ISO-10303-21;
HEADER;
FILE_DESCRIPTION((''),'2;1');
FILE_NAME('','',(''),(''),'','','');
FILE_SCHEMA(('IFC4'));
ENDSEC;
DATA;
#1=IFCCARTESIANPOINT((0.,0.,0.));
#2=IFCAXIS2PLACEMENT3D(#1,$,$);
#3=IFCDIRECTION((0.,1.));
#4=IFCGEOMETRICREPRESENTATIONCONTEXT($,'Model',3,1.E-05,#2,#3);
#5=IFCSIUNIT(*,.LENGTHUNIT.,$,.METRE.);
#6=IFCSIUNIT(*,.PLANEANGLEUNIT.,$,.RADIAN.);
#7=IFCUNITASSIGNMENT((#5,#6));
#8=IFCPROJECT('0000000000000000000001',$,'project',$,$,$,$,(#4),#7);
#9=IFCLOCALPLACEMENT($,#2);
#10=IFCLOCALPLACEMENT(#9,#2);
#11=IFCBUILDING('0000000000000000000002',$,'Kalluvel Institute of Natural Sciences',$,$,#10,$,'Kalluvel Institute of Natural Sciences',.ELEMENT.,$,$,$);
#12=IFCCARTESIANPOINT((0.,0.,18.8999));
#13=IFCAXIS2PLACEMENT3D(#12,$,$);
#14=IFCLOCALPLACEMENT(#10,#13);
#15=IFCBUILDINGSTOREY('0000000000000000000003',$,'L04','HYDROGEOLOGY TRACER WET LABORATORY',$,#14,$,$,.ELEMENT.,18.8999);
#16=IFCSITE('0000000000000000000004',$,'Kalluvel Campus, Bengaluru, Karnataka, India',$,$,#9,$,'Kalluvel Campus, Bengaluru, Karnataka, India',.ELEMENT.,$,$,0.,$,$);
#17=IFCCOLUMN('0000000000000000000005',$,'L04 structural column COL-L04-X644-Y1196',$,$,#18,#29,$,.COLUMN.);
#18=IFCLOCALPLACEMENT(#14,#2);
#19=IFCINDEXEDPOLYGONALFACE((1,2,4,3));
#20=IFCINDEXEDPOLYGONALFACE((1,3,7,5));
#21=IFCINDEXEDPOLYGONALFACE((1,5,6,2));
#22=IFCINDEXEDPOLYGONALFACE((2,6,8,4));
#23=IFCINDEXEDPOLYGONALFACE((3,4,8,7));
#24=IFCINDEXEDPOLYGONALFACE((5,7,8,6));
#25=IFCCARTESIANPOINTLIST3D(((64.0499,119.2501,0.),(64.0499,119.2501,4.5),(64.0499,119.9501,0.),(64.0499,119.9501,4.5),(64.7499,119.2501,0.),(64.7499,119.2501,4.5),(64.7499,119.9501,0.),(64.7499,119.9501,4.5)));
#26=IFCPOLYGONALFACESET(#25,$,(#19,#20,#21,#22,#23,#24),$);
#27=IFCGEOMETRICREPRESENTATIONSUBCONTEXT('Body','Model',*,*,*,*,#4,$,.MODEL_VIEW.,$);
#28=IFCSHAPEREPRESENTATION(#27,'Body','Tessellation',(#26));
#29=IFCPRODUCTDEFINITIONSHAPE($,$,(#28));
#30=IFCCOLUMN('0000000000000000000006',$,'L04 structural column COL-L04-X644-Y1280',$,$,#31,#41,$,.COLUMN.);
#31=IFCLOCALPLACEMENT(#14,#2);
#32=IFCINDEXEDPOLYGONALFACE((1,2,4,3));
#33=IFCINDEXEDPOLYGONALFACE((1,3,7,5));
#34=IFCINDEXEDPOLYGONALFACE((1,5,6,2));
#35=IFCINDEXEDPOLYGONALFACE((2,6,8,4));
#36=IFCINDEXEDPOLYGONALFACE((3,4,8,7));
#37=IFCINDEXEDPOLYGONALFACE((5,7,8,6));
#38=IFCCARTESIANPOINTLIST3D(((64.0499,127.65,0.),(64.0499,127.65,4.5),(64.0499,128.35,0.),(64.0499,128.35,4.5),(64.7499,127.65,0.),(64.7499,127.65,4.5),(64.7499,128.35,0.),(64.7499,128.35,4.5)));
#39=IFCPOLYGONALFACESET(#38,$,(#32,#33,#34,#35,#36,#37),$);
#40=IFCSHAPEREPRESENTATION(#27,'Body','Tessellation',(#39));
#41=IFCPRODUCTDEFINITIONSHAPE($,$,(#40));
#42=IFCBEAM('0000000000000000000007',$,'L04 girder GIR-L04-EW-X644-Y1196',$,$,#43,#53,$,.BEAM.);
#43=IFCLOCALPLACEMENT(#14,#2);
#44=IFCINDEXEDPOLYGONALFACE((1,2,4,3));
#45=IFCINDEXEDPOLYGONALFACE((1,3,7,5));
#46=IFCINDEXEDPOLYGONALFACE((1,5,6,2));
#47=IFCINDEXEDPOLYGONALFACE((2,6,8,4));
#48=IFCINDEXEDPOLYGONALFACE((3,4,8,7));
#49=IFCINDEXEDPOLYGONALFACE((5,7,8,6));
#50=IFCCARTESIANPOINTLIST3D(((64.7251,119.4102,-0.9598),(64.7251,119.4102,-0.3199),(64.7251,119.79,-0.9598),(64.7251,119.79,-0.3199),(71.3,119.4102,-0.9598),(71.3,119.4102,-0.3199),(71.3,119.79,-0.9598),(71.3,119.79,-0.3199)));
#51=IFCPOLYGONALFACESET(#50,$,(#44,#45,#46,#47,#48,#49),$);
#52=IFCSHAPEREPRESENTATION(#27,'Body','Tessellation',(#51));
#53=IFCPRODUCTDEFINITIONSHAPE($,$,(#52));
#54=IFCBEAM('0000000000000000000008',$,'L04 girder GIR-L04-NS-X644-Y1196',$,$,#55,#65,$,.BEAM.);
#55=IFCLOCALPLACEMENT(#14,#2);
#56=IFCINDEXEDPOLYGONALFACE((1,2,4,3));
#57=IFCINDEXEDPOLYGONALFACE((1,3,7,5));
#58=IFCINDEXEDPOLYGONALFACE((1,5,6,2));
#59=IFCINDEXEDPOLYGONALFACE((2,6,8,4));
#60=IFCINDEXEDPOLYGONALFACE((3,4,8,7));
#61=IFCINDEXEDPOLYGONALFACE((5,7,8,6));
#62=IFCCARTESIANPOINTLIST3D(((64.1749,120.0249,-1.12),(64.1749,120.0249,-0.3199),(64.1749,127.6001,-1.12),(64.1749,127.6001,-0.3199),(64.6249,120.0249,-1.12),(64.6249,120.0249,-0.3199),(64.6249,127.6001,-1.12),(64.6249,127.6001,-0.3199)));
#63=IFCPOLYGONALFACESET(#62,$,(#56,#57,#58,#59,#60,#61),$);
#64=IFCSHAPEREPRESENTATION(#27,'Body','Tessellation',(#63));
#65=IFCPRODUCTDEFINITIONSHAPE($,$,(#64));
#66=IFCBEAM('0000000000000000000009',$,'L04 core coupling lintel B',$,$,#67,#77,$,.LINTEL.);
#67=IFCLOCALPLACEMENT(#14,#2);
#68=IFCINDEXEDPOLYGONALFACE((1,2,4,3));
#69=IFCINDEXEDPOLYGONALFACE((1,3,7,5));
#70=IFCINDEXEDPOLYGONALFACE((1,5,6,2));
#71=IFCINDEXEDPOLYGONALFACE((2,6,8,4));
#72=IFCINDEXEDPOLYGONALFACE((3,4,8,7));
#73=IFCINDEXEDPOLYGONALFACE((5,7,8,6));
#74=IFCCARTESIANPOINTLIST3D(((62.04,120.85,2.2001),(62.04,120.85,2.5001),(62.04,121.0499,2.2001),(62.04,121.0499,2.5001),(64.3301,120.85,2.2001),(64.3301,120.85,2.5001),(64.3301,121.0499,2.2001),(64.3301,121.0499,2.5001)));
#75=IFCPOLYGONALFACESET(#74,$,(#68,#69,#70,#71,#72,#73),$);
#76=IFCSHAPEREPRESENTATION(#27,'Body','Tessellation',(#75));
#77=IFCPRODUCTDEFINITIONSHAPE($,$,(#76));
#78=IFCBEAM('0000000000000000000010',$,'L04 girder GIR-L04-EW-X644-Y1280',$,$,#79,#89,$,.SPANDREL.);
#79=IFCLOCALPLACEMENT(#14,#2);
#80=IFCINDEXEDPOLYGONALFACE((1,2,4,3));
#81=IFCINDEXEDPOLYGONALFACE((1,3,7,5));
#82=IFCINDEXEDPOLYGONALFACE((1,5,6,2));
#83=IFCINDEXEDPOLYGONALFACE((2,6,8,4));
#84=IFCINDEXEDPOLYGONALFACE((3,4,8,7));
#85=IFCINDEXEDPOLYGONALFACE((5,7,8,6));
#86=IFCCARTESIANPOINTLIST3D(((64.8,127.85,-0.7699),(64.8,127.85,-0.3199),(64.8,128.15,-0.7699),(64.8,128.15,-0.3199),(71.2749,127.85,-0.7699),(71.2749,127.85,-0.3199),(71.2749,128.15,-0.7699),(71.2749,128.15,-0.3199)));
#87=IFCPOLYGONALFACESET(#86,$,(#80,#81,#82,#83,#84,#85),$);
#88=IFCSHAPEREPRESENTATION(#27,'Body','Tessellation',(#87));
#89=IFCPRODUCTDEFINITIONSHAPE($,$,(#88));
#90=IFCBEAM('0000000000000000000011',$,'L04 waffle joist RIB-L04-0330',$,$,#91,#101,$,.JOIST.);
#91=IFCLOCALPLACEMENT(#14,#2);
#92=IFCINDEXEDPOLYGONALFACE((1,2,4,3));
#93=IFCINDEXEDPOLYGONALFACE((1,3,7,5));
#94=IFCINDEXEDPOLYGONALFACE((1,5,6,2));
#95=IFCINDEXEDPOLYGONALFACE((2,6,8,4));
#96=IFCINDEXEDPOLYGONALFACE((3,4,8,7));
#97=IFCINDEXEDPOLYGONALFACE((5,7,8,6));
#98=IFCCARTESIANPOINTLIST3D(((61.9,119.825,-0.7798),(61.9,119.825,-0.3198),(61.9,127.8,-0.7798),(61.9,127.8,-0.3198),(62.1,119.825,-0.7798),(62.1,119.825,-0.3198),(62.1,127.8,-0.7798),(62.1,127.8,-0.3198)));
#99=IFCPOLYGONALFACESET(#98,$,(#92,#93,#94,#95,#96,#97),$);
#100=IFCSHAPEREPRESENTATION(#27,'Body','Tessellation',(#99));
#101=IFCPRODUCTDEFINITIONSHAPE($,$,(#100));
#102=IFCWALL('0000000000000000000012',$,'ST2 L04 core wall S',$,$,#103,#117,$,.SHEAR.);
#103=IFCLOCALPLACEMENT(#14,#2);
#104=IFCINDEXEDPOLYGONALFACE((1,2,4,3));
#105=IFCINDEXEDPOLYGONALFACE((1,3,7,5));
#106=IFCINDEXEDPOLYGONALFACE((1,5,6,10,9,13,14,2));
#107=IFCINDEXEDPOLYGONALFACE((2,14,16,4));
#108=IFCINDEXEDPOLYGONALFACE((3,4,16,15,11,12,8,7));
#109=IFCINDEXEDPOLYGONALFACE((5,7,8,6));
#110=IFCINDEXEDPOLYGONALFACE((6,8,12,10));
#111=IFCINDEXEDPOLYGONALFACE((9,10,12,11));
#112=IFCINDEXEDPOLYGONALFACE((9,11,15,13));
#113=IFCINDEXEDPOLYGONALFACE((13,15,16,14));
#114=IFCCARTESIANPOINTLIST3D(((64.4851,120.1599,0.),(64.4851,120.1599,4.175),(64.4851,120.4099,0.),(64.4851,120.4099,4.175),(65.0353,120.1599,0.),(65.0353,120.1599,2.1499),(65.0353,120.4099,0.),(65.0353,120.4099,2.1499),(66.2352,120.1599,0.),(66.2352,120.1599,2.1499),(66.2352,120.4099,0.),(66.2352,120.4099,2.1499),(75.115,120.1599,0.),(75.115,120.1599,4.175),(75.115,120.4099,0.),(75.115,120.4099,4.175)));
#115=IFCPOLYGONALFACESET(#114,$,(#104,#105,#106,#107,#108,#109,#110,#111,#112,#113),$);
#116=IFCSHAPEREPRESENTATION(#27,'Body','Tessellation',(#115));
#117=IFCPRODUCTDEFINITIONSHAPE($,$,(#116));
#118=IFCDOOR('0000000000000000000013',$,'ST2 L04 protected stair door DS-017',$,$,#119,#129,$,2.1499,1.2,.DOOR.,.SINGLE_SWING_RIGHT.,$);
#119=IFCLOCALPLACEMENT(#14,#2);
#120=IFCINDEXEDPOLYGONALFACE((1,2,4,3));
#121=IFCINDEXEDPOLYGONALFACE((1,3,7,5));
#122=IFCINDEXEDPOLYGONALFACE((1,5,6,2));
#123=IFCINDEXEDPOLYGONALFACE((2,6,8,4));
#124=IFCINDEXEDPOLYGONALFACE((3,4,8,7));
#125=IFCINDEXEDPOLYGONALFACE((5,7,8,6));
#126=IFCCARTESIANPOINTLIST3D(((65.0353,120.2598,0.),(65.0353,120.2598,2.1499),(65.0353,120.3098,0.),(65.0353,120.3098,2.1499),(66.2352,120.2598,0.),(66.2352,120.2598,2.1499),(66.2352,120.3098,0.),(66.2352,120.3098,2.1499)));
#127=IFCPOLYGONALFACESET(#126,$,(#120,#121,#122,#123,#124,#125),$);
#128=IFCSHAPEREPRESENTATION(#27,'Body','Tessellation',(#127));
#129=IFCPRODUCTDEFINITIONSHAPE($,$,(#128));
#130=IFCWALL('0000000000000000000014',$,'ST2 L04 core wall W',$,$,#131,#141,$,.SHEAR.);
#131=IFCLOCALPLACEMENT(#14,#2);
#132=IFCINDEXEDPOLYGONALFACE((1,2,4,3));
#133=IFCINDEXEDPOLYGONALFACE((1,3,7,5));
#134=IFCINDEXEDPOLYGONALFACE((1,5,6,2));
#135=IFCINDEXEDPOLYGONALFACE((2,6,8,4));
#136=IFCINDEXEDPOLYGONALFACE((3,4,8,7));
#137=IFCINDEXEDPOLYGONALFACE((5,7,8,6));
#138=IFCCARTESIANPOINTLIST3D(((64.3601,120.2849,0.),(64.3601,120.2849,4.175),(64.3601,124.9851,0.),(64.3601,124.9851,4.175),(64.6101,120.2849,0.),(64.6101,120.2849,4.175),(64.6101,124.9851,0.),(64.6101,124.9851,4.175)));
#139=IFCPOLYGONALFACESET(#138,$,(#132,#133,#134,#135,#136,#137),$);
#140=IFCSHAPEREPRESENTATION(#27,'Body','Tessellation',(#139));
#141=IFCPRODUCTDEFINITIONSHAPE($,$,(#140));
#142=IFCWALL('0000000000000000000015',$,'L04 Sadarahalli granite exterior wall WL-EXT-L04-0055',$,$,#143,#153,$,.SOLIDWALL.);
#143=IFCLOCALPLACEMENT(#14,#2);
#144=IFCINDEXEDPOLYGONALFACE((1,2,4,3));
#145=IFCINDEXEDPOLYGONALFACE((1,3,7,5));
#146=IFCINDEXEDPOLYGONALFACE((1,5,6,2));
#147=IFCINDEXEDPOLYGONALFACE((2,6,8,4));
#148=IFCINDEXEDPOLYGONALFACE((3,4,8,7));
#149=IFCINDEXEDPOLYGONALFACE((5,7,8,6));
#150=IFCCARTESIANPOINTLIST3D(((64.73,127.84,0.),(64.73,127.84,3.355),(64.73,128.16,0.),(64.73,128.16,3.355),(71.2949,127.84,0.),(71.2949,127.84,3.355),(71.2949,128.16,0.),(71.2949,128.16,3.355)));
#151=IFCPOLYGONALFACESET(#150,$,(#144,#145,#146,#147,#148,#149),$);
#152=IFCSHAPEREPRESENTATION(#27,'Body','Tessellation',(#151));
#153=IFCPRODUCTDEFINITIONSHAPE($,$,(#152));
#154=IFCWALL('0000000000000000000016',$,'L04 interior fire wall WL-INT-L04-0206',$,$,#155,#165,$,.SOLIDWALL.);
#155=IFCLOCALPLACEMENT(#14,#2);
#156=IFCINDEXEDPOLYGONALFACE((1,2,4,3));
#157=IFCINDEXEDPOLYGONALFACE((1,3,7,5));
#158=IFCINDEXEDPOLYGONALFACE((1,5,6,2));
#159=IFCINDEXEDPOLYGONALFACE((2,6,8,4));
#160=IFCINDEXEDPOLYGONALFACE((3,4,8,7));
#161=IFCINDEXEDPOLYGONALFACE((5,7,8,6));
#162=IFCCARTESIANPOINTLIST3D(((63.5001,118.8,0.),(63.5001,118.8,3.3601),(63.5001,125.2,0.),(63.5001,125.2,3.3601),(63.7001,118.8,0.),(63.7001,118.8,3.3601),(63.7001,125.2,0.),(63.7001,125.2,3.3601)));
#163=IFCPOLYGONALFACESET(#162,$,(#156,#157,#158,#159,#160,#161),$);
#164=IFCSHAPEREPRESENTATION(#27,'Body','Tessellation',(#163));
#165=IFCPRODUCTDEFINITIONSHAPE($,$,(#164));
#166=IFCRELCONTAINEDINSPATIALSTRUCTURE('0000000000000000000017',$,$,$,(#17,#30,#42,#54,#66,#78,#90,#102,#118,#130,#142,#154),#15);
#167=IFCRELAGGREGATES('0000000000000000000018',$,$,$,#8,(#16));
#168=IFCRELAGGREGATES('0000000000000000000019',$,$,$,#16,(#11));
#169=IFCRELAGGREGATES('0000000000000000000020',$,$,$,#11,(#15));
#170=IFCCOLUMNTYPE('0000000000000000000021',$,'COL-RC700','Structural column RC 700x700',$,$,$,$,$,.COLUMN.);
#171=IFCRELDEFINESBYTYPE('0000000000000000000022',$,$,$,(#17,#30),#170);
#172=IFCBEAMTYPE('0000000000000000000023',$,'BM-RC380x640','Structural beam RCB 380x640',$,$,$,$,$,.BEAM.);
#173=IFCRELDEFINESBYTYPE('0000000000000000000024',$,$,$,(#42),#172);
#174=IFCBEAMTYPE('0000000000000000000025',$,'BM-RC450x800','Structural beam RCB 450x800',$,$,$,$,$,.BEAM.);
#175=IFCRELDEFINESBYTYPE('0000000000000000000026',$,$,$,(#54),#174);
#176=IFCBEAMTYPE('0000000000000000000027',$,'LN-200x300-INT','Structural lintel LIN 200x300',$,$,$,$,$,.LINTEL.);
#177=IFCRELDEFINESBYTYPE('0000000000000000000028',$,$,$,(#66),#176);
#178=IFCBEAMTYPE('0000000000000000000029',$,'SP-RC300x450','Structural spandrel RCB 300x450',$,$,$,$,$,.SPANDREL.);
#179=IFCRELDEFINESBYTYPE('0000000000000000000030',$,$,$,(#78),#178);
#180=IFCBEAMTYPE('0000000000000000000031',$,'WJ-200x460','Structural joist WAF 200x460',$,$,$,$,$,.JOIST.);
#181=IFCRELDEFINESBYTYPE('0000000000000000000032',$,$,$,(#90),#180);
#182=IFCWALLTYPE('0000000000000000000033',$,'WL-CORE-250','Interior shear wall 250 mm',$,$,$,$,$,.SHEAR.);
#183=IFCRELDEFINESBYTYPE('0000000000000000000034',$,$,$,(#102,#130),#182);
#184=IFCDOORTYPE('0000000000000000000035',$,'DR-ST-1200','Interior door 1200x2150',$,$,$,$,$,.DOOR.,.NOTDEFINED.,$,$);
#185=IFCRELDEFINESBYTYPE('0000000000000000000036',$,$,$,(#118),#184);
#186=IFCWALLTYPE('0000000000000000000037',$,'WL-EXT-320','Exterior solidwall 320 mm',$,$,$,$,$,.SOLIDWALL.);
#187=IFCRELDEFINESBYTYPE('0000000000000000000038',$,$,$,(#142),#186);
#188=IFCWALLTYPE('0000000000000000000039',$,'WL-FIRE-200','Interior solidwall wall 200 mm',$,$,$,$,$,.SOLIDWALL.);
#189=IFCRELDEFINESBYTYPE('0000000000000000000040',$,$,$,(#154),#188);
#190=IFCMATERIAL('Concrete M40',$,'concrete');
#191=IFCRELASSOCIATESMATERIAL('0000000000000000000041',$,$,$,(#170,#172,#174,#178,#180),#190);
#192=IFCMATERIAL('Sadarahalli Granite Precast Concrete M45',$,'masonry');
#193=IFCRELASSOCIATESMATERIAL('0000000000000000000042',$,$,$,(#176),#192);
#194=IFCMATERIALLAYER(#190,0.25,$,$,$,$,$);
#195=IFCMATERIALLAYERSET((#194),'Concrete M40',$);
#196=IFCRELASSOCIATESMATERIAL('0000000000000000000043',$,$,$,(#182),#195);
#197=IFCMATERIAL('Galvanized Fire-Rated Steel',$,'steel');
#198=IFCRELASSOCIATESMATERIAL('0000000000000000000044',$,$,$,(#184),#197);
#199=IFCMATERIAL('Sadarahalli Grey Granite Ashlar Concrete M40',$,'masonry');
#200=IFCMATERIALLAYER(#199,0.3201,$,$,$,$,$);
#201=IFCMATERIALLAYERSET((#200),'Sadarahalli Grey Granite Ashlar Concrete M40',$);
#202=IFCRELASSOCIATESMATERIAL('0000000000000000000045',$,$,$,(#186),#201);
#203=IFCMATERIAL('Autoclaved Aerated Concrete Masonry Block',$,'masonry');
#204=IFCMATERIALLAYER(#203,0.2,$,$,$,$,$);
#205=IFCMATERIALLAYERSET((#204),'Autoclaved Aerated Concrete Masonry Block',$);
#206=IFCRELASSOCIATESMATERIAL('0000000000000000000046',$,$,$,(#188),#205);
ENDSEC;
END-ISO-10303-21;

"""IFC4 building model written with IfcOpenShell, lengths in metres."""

from ifc_helpers import new_model, si_unit, direction, frame, frame_2d, origin, origin_2d, place, context, subcontext, project, spatial, rectangle, extrude, material, layer, layer_set, material_profile, profile_set, type_object, element, fill, save


model = new_model("IFC4")

# Units and contexts
model_context = context("Model", 3, precision=1e-05, world=origin(), true_north=direction((0.0, 1.0)))
body_context = subcontext(model_context, "Body", "Model", "MODEL_VIEW")
ifc_project = project(units=[si_unit("LENGTHUNIT", "METRE"), si_unit("PLANEANGLEUNIT", "RADIAN")], contexts=[model_context])

# Site, building, storey
site_placement = place(None, origin())
site = spatial("IfcSite", under=ifc_project, at=site_placement, Name="Kalluvel Campus, Bengaluru, Karnataka, India", LongName="Kalluvel Campus, Bengaluru, Karnataka, India", CompositionType="ELEMENT", RefElevation=0.0)
building_placement = place(site_placement, origin())
building = spatial("IfcBuilding", under=site, at=building_placement, Name="Kalluvel Institute of Natural Sciences", LongName="Kalluvel Institute of Natural Sciences", CompositionType="ELEMENT")
storey_placement = place(building_placement, frame((0.0, 0.0, 18.8999)))
storey = spatial("IfcBuildingStorey", under=building, at=storey_placement, Name="L04", Description="HYDROGEOLOGY TRACER WET LABORATORY", CompositionType="ELEMENT", Elevation=18.8999)

# Columns
ifc_material_1 = material(Name="Concrete M40", Category="concrete")
ifc_material_profile_1 = material_profile(ifc_material_1, rectangle(XDim=0.7, YDim=0.7, at=origin_2d()), Name="RC 700x700")
ifc_profile_set_1 = profile_set([ifc_material_profile_1], Name="Concrete M40")
column_type = type_object("IfcColumnType", Name="COL-RC700", Description="Structural column RC 700x700", PredefinedType="COLUMN", material=ifc_profile_set_1)
for number, where, z_axis, x_axis, name in (
    (1, (64.3999, 119.6001, 0.0), (0.0, 0.0, 1.0), (1.0, 0.0, 0.0), "L04 structural column COL-L04-X644-Y1196"),
    (2, (64.3999, 128.0, 0.0), (0.0, 0.0, 1.0), (1.0, 0.0, 0.0), "L04 structural column COL-L04-X644-Y1280"),
):
    element("IfcColumn", number, at=place(storey_placement, frame(where, z_axis=z_axis, x_axis=x_axis)), inside=storey, type_object=column_type, Name=name, PredefinedType="COLUMN", context=body_context, shape_type="SweptSolid", body=[
        extrude(rectangle(XDim=0.7, YDim=0.7, at=origin_2d()), origin(), (0.0, 0.0, 1.0), 4.5),
    ])

# Beams
ifc_material_profile_2 = material_profile(ifc_material_1, rectangle(XDim=0.3799, YDim=0.6399, at=origin_2d()), Name="RCB 380x640")
ifc_profile_set_2 = profile_set([ifc_material_profile_2], Name="Concrete M40")
beam_type_1 = type_object("IfcBeamType", Name="BM-RC380x640", Description="Structural beam RCB 380x640", PredefinedType="BEAM", material=ifc_profile_set_2)
beam_1_placement = place(storey_placement, frame((64.7251, 119.6001, -0.6399), z_axis=(1.0, 0.0, 0.0), x_axis=(0.0, 1.0, 0.0)))
element("IfcBeam", 3, at=beam_1_placement, inside=storey, type_object=beam_type_1, Name="L04 girder GIR-L04-EW-X644-Y1196", PredefinedType="BEAM", context=body_context, shape_type="SweptSolid", body=[
    extrude(rectangle(XDim=0.3799, YDim=0.6399, at=origin_2d()), origin(), (0.0, 0.0, 1.0), 6.575),
])
ifc_material_profile_3 = material_profile(ifc_material_1, rectangle(XDim=0.45, YDim=0.8, at=origin_2d()), Name="RCB 450x800")
ifc_profile_set_3 = profile_set([ifc_material_profile_3], Name="Concrete M40")
beam_type_2 = type_object("IfcBeamType", Name="BM-RC450x800", Description="Structural beam RCB 450x800", PredefinedType="BEAM", material=ifc_profile_set_3)
beam_2_placement = place(storey_placement, frame((64.3999, 120.0249, -0.72), z_axis=(0.0, 1.0, 0.0), x_axis=(-1.0, 0.0, 0.0)))
element("IfcBeam", 4, at=beam_2_placement, inside=storey, type_object=beam_type_2, Name="L04 girder GIR-L04-NS-X644-Y1196", PredefinedType="BEAM", context=body_context, shape_type="SweptSolid", body=[
    extrude(rectangle(XDim=0.45, YDim=0.8, at=origin_2d()), origin(), (0.0, 0.0, 1.0), 7.5752),
])
ifc_material_2 = material(Name="Sadarahalli Granite Precast Concrete M45", Category="masonry")
ifc_material_profile_4 = material_profile(ifc_material_2, rectangle(XDim=0.2, YDim=0.3, at=origin_2d()), Name="LIN 200x300")
ifc_profile_set_4 = profile_set([ifc_material_profile_4], Name="Sadarahalli Granite Precast Concrete M45")
beam_type_3 = type_object("IfcBeamType", Name="LN-200x300-INT", Description="Structural lintel LIN 200x300", PredefinedType="LINTEL", material=ifc_profile_set_4)
beam_3_placement = place(storey_placement, frame((62.04, 120.95, 2.3501), z_axis=(1.0, 0.0, 0.0), x_axis=(0.0, 1.0, 0.0)))
element("IfcBeam", 5, at=beam_3_placement, inside=storey, type_object=beam_type_3, Name="L04 core coupling lintel B", PredefinedType="LINTEL", context=body_context, shape_type="SweptSolid", body=[
    extrude(rectangle(XDim=0.2, YDim=0.3, at=origin_2d()), origin(), (0.0, 0.0, 1.0), 2.29),
])
ifc_material_profile_5 = material_profile(ifc_material_1, rectangle(XDim=0.3, YDim=0.45, at=origin_2d()), Name="RCB 300x450")
ifc_profile_set_5 = profile_set([ifc_material_profile_5], Name="Concrete M40")
beam_type_4 = type_object("IfcBeamType", Name="SP-RC300x450", Description="Structural spandrel RCB 300x450", PredefinedType="SPANDREL", material=ifc_profile_set_5)
beam_4_placement = place(storey_placement, frame((64.8, 128.0, -0.5449), z_axis=(1.0, 0.0, 0.0), x_axis=(0.0, 1.0, 0.0)))
element("IfcBeam", 6, at=beam_4_placement, inside=storey, type_object=beam_type_4, Name="L04 girder GIR-L04-EW-X644-Y1280", PredefinedType="SPANDREL", context=body_context, shape_type="SweptSolid", body=[
    extrude(rectangle(XDim=0.3, YDim=0.45, at=origin_2d()), origin(), (0.0, 0.0, 1.0), 6.4749),
])
ifc_material_profile_6 = material_profile(ifc_material_1, rectangle(XDim=0.2, YDim=0.46, at=origin_2d()), Name="WAF 200x460")
ifc_profile_set_6 = profile_set([ifc_material_profile_6], Name="Concrete M40")
beam_type_5 = type_object("IfcBeamType", Name="WJ-200x460", Description="Structural joist WAF 200x460", PredefinedType="JOIST", material=ifc_profile_set_6)
beam_5_placement = place(storey_placement, frame((62.0, 119.825, -0.5498), z_axis=(0.0, 1.0, 0.0), x_axis=(-1.0, 0.0, 0.0)))
element("IfcBeam", 7, at=beam_5_placement, inside=storey, type_object=beam_type_5, Name="L04 waffle joist RIB-L04-0330", PredefinedType="JOIST", context=body_context, shape_type="SweptSolid", body=[
    extrude(rectangle(XDim=0.2, YDim=0.46, at=origin_2d()), origin(), (0.0, 0.0, 1.0), 7.9751),
])

# Wall, opening, door
ifc_layer_1 = layer(ifc_material_1, 0.25)
ifc_layer_set_1 = layer_set([ifc_layer_1], Name="Concrete M40")
wall_type_1 = type_object("IfcWallType", Name="WL-CORE-250", Description="Interior shear wall 250 mm", PredefinedType="SHEAR", material=ifc_layer_set_1)
wall_1_placement = place(storey_placement, frame((64.4851, 120.2849, 0.0), z_axis=(0.0, 0.0, 1.0), x_axis=(1.0, 0.0, 0.0)))
wall_1 = element("IfcWall", 8, at=wall_1_placement, inside=storey, type_object=wall_type_1, Name="ST2 L04 core wall S", PredefinedType="SHEAR", context=body_context, shape_type="SweptSolid", body=[
    extrude(rectangle(XDim=10.6299, YDim=0.25, at=frame_2d((5.3149, 0.0))), origin(), (0.0, 0.0, 1.0), 4.175),
])
opening_placement = place(wall_1_placement, frame((0.55, 0.0, 0.0)))
opening = element("IfcOpeningElement", 9, at=opening_placement, cuts=wall_1, PredefinedType="OPENING", context=body_context, shape_type="SweptSolid", body=[
    extrude(rectangle(XDim=1.2, YDim=2.1499, at=frame_2d((0.6001, 1.075))), frame((0.0, 0.135, 0.0), z_axis=(0.0, -1.0, 0.0), x_axis=(1.0, 0.0, 0.0)), (0.0, 0.0, 1.0), 0.27),
])
ifc_material_3 = material(Name="Galvanized Fire-Rated Steel", Category="steel")
door_type = type_object("IfcDoorType", Name="DR-ST-1200", Description="Interior door 1200x2150", OperationType="NOTDEFINED", PredefinedType="DOOR", material=ifc_material_3)
door_placement = place(opening_placement, origin())
door = element("IfcDoor", 10, at=door_placement, inside=storey, type_object=door_type, Name="ST2 L04 protected stair door DS-017", OperationType="SINGLE_SWING_RIGHT", OverallHeight=2.1499, OverallWidth=1.2, PredefinedType="DOOR", context=body_context, shape_type="SweptSolid", body=[
    extrude(rectangle(XDim=1.2, YDim=2.1499, at=frame_2d((0.6001, 1.075))), frame((0.0, 0.0249, 0.0), z_axis=(0.0, -1.0, 0.0), x_axis=(1.0, 0.0, 0.0)), (0.0, 0.0, 1.0), 0.05),
])
fill(opening, door)

# Walls
wall_2_placement = place(storey_placement, frame((64.4851, 124.9851, 0.0), z_axis=(0.0, 0.0, 1.0), x_axis=(0.0, -1.0, 0.0)))
element("IfcWall", 11, at=wall_2_placement, inside=storey, type_object=wall_type_1, Name="ST2 L04 core wall W", PredefinedType="SHEAR", context=body_context, shape_type="SweptSolid", body=[
    extrude(rectangle(XDim=4.7002, YDim=0.25, at=frame_2d((2.3501, 0.0))), origin(), (0.0, 0.0, 1.0), 4.175),
])
ifc_material_4 = material(Name="Sadarahalli Grey Granite Ashlar Concrete M40", Category="masonry")
ifc_layer_2 = layer(ifc_material_4, 0.3201)
ifc_layer_set_2 = layer_set([ifc_layer_2], Name="Sadarahalli Grey Granite Ashlar Concrete M40")
wall_type_2 = type_object("IfcWallType", Name="WL-EXT-320", Description="Exterior solidwall 320 mm", PredefinedType="SOLIDWALL", material=ifc_layer_set_2)
wall_3_placement = place(storey_placement, frame((64.73, 128.0, 0.0), z_axis=(0.0, 0.0, 1.0), x_axis=(1.0, 0.0, 0.0)))
element("IfcWall", 12, at=wall_3_placement, inside=storey, type_object=wall_type_2, Name="L04 Sadarahalli granite exterior wall WL-EXT-L04-0055", PredefinedType="SOLIDWALL", context=body_context, shape_type="SweptSolid", body=[
    extrude(rectangle(XDim=6.5649, YDim=0.3201, at=frame_2d((3.2825, 0.0))), origin(), (0.0, 0.0, 1.0), 3.355),
])
ifc_material_5 = material(Name="Autoclaved Aerated Concrete Masonry Block", Category="masonry")
ifc_layer_3 = layer(ifc_material_5, 0.2)
ifc_layer_set_3 = layer_set([ifc_layer_3], Name="Autoclaved Aerated Concrete Masonry Block")
wall_type_3 = type_object("IfcWallType", Name="WL-FIRE-200", Description="Interior solidwall wall 200 mm", PredefinedType="SOLIDWALL", material=ifc_layer_set_3)
wall_4_placement = place(storey_placement, frame((63.6001, 118.8, 0.0), z_axis=(0.0, 0.0, 1.0), x_axis=(0.0, 1.0, 0.0)))
element("IfcWall", 13, at=wall_4_placement, inside=storey, type_object=wall_type_3, Name="L04 interior fire wall WL-INT-L04-0206", PredefinedType="SOLIDWALL", context=body_context, shape_type="SweptSolid", body=[
    extrude(rectangle(XDim=6.3999, YDim=0.2, at=frame_2d((3.2, 0.0))), origin(), (0.0, 0.0, 1.0), 3.3601),
])

save(model, "model.ifc")
